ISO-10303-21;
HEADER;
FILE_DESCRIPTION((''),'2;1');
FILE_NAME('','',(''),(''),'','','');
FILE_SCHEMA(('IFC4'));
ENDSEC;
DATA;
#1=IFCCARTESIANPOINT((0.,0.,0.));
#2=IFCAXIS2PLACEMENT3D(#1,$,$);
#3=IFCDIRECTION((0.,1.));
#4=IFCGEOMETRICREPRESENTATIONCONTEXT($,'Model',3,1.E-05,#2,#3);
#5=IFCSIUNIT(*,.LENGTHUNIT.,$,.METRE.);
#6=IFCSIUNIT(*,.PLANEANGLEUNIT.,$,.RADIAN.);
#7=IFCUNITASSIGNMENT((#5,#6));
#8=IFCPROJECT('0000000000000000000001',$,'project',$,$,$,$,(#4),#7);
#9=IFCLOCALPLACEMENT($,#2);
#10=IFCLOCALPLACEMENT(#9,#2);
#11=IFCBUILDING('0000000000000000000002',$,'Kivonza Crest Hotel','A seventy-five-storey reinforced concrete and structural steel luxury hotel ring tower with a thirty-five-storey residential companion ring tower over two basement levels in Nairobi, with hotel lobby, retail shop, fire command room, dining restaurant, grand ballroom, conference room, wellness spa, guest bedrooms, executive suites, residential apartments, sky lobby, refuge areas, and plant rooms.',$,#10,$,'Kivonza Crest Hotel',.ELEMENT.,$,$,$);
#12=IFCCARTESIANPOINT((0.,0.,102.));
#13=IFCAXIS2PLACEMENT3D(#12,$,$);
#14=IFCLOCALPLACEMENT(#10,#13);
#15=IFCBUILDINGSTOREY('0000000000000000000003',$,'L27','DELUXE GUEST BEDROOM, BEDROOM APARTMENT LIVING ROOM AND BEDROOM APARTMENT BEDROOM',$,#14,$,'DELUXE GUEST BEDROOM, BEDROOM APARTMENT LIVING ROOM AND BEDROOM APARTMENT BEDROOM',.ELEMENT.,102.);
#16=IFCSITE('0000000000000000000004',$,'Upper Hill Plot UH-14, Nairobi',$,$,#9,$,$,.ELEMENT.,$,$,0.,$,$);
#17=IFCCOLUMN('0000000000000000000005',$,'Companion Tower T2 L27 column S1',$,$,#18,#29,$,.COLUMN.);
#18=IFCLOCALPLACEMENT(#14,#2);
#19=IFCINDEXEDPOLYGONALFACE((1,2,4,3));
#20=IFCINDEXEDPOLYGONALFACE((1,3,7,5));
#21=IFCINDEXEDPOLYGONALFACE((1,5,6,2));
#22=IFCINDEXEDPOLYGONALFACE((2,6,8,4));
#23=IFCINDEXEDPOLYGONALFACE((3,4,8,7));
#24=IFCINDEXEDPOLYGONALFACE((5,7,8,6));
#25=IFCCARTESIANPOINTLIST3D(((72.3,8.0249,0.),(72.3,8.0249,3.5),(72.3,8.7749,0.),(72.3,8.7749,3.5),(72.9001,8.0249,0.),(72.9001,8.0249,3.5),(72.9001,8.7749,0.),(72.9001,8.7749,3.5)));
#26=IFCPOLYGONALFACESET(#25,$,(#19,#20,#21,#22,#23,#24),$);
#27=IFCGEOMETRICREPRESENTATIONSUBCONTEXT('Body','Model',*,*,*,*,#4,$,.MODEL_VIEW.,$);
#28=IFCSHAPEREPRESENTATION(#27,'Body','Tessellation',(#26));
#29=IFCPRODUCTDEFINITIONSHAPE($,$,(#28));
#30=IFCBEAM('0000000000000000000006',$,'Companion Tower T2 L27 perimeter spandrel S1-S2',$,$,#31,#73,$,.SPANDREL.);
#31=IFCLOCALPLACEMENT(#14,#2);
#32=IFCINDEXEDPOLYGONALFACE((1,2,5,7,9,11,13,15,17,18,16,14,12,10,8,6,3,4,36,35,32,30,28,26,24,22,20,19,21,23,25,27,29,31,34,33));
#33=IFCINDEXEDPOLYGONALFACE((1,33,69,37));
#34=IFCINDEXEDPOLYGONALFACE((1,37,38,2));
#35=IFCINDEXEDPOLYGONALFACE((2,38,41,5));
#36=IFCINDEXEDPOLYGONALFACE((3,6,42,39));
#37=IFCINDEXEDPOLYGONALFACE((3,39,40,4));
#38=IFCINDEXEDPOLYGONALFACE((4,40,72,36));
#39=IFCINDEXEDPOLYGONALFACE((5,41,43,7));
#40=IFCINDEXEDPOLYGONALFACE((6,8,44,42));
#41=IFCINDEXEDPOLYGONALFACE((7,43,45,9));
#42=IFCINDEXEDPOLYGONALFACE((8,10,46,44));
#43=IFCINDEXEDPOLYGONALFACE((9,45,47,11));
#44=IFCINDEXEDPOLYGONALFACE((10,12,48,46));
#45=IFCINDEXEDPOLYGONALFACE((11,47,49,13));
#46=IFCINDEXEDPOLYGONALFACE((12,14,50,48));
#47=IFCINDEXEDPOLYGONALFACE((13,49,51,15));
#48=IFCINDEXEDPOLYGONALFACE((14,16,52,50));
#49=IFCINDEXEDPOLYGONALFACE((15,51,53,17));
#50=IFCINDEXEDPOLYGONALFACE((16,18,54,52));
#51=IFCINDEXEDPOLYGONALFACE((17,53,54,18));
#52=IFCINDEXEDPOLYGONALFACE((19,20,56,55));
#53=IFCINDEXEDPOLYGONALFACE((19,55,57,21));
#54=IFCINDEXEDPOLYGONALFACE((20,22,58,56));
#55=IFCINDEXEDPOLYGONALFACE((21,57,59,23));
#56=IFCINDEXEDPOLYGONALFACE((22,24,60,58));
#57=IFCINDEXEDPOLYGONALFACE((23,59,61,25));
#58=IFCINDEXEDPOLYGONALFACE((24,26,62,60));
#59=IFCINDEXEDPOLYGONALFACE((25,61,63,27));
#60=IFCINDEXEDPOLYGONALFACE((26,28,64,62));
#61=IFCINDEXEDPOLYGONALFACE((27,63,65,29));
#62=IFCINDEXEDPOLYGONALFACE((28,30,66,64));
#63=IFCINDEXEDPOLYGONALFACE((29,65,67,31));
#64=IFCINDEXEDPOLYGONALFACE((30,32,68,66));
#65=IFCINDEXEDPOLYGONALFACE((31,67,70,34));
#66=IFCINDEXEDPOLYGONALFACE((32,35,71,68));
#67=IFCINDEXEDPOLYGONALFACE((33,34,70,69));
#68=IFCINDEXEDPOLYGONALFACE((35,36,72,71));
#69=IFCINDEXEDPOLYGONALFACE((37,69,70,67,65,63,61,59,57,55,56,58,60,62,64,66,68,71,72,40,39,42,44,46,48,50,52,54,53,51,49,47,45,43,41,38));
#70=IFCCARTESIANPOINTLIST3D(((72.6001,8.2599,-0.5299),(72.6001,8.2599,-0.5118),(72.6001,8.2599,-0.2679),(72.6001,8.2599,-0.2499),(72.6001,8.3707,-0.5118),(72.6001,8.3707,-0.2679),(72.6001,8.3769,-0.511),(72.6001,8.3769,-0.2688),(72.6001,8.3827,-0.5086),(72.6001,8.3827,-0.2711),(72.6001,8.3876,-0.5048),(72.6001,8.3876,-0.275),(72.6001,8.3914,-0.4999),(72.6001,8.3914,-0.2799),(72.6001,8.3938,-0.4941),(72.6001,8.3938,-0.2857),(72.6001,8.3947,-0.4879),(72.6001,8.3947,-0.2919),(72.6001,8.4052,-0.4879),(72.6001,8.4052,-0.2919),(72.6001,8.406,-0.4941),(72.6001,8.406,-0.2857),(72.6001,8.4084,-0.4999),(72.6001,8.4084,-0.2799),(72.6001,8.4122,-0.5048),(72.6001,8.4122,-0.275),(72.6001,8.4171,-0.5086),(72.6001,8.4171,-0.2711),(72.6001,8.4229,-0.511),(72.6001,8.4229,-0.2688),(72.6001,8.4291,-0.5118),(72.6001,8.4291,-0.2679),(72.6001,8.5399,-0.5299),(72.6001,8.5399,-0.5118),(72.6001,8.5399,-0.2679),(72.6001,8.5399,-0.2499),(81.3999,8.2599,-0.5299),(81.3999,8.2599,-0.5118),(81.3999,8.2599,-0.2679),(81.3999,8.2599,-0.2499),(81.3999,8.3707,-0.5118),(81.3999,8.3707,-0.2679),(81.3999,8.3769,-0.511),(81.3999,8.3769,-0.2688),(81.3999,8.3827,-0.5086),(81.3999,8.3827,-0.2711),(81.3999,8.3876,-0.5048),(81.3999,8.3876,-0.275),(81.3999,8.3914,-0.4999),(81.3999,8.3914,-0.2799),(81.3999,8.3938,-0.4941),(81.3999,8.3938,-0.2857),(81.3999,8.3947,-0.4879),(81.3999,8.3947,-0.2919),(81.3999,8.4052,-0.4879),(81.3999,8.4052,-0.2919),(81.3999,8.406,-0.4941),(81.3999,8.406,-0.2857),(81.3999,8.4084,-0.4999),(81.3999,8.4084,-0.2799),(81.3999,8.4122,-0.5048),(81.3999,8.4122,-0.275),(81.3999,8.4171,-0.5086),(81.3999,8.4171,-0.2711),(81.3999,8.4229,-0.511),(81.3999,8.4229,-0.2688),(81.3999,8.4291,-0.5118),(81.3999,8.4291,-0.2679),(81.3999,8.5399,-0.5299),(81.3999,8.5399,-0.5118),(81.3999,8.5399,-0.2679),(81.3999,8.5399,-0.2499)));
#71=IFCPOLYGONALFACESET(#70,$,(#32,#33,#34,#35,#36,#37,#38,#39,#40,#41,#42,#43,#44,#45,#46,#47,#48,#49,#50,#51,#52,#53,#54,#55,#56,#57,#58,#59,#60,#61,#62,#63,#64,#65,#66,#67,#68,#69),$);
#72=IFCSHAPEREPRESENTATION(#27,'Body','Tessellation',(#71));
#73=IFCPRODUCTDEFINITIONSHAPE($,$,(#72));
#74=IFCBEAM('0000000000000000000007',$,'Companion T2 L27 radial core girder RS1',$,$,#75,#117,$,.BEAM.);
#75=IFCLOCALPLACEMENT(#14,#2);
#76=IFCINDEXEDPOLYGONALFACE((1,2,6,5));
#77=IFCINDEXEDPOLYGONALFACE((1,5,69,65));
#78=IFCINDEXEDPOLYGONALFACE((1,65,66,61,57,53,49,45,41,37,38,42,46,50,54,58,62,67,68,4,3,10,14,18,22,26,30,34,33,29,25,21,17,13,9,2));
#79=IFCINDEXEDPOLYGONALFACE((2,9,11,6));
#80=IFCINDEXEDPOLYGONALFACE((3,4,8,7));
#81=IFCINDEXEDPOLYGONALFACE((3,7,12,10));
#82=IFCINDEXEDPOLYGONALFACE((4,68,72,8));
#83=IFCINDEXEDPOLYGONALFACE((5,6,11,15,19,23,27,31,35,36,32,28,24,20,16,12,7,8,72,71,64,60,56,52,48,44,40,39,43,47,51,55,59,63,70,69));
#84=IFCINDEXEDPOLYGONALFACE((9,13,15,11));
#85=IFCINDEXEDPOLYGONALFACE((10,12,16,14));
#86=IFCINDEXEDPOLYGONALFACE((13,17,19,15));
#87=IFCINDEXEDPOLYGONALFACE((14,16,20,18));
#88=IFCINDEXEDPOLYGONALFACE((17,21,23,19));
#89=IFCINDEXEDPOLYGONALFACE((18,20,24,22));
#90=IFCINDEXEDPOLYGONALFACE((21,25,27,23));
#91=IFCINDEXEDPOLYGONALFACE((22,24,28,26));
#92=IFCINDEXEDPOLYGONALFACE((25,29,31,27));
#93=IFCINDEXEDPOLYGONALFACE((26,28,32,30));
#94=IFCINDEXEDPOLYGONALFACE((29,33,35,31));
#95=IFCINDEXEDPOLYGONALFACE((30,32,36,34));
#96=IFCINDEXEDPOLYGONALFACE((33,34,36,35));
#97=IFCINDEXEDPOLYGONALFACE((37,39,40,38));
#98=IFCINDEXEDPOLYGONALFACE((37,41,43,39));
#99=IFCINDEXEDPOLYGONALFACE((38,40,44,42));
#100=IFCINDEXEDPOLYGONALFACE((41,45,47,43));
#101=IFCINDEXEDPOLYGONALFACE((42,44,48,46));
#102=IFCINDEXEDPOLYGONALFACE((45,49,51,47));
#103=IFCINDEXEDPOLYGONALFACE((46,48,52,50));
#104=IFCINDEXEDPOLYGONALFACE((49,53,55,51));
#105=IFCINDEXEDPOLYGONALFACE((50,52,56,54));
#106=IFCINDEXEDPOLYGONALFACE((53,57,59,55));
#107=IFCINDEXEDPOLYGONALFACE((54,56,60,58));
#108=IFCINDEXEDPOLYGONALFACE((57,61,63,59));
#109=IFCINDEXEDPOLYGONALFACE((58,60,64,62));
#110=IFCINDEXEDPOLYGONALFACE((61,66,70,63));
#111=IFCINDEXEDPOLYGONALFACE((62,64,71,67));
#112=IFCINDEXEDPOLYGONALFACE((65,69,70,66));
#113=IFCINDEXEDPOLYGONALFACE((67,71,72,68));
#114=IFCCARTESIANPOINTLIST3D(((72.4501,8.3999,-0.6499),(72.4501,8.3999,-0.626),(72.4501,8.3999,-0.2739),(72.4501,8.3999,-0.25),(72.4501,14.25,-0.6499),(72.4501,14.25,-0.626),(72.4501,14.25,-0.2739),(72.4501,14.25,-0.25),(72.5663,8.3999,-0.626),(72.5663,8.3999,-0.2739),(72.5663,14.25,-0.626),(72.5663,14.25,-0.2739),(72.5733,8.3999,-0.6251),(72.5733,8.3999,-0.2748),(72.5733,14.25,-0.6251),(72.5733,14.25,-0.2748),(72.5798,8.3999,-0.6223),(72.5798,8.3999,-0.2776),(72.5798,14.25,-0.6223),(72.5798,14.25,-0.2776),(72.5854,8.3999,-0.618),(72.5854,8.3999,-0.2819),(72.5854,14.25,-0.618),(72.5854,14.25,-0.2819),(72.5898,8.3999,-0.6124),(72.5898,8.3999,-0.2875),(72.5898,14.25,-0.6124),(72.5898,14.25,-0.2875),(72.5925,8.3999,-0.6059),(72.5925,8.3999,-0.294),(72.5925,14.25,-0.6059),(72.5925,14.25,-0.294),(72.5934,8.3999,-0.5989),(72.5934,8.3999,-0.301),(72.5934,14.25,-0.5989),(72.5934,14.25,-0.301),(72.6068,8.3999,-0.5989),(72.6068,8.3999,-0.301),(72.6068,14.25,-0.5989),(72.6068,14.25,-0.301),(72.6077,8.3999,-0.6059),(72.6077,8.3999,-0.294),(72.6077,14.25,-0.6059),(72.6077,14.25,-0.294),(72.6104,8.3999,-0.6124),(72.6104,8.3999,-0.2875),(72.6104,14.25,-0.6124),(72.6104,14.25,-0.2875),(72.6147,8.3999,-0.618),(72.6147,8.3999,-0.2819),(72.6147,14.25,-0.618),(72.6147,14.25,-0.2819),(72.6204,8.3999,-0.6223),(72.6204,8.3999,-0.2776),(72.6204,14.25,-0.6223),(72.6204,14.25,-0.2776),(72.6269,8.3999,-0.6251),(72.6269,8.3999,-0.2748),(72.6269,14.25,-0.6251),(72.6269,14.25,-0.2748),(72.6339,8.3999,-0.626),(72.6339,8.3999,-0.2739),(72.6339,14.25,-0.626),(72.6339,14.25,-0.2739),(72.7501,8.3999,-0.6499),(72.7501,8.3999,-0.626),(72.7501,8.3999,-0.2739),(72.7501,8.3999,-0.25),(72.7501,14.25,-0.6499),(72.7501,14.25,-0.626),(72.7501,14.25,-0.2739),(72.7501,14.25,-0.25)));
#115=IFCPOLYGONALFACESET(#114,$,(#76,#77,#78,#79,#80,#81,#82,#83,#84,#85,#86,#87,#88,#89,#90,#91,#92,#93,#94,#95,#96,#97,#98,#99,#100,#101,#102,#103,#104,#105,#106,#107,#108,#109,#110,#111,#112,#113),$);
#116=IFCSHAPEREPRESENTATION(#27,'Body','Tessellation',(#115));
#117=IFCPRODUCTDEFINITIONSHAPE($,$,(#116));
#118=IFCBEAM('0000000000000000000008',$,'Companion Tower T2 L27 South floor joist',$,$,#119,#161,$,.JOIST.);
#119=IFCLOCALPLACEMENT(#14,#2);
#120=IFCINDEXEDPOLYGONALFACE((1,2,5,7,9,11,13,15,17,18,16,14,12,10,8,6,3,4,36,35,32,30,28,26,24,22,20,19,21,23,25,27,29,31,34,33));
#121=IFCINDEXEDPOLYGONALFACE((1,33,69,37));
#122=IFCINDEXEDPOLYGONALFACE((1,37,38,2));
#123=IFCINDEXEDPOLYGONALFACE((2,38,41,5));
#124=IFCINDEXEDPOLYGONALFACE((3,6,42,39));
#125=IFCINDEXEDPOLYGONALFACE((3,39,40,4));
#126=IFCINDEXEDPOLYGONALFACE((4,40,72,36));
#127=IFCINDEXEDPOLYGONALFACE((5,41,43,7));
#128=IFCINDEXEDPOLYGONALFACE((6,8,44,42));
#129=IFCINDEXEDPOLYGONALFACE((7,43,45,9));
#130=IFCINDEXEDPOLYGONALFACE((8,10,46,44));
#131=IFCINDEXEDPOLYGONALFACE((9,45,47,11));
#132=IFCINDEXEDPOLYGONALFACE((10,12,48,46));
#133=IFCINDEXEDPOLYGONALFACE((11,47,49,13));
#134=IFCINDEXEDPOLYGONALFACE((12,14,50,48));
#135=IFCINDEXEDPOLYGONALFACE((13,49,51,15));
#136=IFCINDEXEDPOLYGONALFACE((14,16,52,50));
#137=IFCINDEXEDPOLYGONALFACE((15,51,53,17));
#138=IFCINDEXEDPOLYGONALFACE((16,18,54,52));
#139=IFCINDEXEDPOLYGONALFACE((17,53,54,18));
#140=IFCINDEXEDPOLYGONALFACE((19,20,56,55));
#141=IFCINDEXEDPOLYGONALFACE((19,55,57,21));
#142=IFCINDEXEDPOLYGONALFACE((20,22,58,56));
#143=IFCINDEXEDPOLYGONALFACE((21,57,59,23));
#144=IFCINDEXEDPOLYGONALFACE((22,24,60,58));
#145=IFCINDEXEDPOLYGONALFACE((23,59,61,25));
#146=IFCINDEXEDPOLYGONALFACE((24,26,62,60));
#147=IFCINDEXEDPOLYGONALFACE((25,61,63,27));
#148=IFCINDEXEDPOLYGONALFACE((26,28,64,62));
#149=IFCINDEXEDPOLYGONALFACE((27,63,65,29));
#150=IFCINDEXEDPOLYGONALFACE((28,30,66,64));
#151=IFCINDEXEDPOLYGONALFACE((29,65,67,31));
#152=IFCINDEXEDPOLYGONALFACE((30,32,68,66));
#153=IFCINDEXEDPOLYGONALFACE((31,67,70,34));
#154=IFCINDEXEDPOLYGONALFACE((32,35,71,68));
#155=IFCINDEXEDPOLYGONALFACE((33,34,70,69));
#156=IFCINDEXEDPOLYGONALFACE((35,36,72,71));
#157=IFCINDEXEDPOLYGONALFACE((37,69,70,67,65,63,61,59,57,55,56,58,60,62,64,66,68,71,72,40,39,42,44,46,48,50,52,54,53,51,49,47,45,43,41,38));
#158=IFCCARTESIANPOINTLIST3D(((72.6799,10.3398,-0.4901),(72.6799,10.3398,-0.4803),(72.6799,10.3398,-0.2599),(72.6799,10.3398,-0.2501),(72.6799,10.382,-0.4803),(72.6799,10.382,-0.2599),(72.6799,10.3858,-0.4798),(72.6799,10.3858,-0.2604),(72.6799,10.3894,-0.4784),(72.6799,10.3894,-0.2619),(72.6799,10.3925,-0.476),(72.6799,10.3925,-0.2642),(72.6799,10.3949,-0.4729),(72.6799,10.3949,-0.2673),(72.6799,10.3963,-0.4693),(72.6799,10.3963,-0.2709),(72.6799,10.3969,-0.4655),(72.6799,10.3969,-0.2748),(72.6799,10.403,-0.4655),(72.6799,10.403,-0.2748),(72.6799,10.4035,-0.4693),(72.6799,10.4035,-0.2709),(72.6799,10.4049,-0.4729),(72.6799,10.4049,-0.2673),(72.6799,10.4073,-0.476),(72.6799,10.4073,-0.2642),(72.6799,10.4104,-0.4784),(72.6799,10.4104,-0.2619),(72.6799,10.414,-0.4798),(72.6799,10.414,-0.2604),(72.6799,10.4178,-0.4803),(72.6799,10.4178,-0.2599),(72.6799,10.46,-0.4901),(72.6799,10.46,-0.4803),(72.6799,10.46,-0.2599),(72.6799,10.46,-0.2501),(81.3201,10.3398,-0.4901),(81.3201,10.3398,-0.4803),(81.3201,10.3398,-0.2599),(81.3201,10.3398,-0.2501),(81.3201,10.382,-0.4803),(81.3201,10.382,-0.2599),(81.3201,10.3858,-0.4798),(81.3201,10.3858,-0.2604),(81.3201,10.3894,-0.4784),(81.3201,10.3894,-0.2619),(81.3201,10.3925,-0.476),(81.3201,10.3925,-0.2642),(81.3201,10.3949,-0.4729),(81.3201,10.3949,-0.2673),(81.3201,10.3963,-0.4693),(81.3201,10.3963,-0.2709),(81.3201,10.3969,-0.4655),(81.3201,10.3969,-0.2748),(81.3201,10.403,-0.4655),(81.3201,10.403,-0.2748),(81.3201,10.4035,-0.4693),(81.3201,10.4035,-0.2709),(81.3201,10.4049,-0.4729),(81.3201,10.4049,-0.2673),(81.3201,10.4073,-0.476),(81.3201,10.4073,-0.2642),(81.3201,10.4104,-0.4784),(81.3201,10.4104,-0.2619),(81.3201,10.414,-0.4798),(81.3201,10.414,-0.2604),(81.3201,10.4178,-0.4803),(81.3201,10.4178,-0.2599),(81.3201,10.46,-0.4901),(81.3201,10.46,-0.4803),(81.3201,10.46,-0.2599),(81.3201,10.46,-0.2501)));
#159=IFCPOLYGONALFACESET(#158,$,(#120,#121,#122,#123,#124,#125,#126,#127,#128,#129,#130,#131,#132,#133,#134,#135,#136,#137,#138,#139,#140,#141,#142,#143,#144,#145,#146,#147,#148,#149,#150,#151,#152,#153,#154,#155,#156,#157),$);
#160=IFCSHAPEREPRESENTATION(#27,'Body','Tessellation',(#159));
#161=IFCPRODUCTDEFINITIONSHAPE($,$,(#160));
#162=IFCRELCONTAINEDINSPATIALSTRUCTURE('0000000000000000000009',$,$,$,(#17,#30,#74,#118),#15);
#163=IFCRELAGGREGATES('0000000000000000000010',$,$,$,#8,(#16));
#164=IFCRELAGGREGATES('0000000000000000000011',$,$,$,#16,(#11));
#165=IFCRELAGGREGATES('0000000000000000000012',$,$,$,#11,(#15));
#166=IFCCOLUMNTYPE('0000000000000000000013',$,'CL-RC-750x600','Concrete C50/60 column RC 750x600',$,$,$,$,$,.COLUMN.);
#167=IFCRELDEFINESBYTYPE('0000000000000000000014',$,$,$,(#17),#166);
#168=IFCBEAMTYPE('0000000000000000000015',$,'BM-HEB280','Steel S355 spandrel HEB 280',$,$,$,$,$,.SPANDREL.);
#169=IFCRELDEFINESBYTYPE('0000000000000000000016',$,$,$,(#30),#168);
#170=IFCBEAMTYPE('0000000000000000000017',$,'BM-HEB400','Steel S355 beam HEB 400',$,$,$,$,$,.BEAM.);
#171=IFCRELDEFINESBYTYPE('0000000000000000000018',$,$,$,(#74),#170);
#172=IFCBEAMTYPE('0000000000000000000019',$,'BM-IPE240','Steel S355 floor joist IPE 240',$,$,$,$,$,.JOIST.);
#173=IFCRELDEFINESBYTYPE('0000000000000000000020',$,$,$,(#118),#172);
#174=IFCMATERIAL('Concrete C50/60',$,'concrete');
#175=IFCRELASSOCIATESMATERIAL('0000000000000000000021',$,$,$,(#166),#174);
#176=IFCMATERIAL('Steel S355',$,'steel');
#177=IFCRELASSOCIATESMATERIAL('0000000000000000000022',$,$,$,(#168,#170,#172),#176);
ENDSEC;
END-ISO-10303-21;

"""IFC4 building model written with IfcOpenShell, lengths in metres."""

from ifc_helpers import new_model, si_unit, direction, frame, origin, origin_2d, place, context, subcontext, project, spatial, rectangle, i_section, extrude, material, material_profile, profile_set, type_object, element, save


model = new_model("IFC4")

# Units and contexts
model_context = context("Model", 3, precision=1e-05, world=origin(), true_north=direction((0.0, 1.0)))
body_context = subcontext(model_context, "Body", "Model", "MODEL_VIEW")
ifc_project = project(units=[si_unit("LENGTHUNIT", "METRE"), si_unit("PLANEANGLEUNIT", "RADIAN")], contexts=[model_context])

# Site, building, storey
site_placement = place(None, origin())
site = spatial("IfcSite", under=ifc_project, at=site_placement, Name="Upper Hill Plot UH-14, Nairobi", CompositionType="ELEMENT", RefElevation=0.0)
building_placement = place(site_placement, origin())
building = spatial("IfcBuilding", under=site, at=building_placement, Name="Kivonza Crest Hotel", Description="A seventy-five-storey reinforced concrete and structural steel luxury hotel ring tower with a thirty-five-storey residential companion ring tower over two basement levels in Nairobi, with hotel lobby, retail shop, fire command room, dining restaurant, grand ballroom, conference room, wellness spa, guest bedrooms, executive suites, residential apartments, sky lobby, refuge areas, and plant rooms.", LongName="Kivonza Crest Hotel", CompositionType="ELEMENT")
storey_placement = place(building_placement, frame((0.0, 0.0, 102.0)))
storey = spatial("IfcBuildingStorey", under=building, at=storey_placement, Name="L27", Description="DELUXE GUEST BEDROOM, BEDROOM APARTMENT LIVING ROOM AND BEDROOM APARTMENT BEDROOM", LongName="DELUXE GUEST BEDROOM, BEDROOM APARTMENT LIVING ROOM AND BEDROOM APARTMENT BEDROOM", CompositionType="ELEMENT", Elevation=102.0)

# Column
ifc_material_1 = material(Name="Concrete C50/60", Category="concrete")
ifc_material_profile_1 = material_profile(ifc_material_1, rectangle(XDim=0.6001, YDim=0.75, at=origin_2d()), Name="RC 750x600")
ifc_profile_set_1 = profile_set([ifc_material_profile_1], Name="Concrete C50/60")
column_type = type_object("IfcColumnType", Name="CL-RC-750x600", Description="Concrete C50/60 column RC 750x600", PredefinedType="COLUMN", material=ifc_profile_set_1)
column_placement = place(storey_placement, frame((72.6001, 8.3999, 0.0), z_axis=(0.0, 0.0, 1.0), x_axis=(1.0, 0.0, 0.0)))
element("IfcColumn", 1, at=column_placement, inside=storey, type_object=column_type, Name="Companion Tower T2 L27 column S1", PredefinedType="COLUMN", context=body_context, shape_type="SweptSolid", body=[
    extrude(rectangle(XDim=0.6001, YDim=0.75, at=origin_2d()), origin(), (0.0, 0.0, 1.0), 3.5),
])

# Beams
ifc_material_2 = material(Name="Steel S355", Category="steel")
ifc_material_profile_2 = material_profile(ifc_material_2, i_section(OverallWidth=0.28, OverallDepth=0.28, WebThickness=0.0105, FlangeThickness=0.0181, FilletRadius=0.0239, at=origin_2d()), Name="HEB 280")
ifc_profile_set_2 = profile_set([ifc_material_profile_2], Name="Steel S355")
beam_type_1 = type_object("IfcBeamType", Name="BM-HEB280", Description="Steel S355 spandrel HEB 280", PredefinedType="SPANDREL", material=ifc_profile_set_2)
beam_1_placement = place(storey_placement, frame((72.6001, 8.3999, -0.3899), z_axis=(1.0, 0.0, 0.0), x_axis=(0.0, 1.0, 0.0)))
element("IfcBeam", 2, at=beam_1_placement, inside=storey, type_object=beam_type_1, Name="Companion Tower T2 L27 perimeter spandrel S1-S2", PredefinedType="SPANDREL", context=body_context, shape_type="SweptSolid", body=[
    extrude(i_section(OverallWidth=0.28, OverallDepth=0.28, WebThickness=0.0105, FlangeThickness=0.0181, FilletRadius=0.0239, at=origin_2d()), origin(), (0.0, 0.0, 1.0), 8.7998),
])
ifc_material_profile_3 = material_profile(ifc_material_2, i_section(OverallWidth=0.3, OverallDepth=0.3999, WebThickness=0.0134, FlangeThickness=0.0239, FilletRadius=0.0271, at=origin_2d()), Name="HEB 400")
ifc_profile_set_3 = profile_set([ifc_material_profile_3], Name="Steel S355")
beam_type_2 = type_object("IfcBeamType", Name="BM-HEB400", Description="Steel S355 beam HEB 400", PredefinedType="BEAM", material=ifc_profile_set_3)
beam_2_placement = place(storey_placement, frame((72.6001, 8.3999, -0.45), z_axis=(0.0, 1.0, 0.0), x_axis=(-1.0, 0.0, 0.0)))
element("IfcBeam", 3, at=beam_2_placement, inside=storey, type_object=beam_type_2, Name="Companion T2 L27 radial core girder RS1", PredefinedType="BEAM", context=body_context, shape_type="SweptSolid", body=[
    extrude(i_section(OverallWidth=0.3, OverallDepth=0.3999, WebThickness=0.0134, FlangeThickness=0.0239, FilletRadius=0.0271, at=origin_2d()), origin(), (0.0, 0.0, 1.0), 5.8501),
])
ifc_material_profile_4 = material_profile(ifc_material_2, i_section(OverallWidth=0.1201, OverallDepth=0.24, WebThickness=0.0061, FlangeThickness=0.0098, FilletRadius=0.0149, at=origin_2d()), Name="IPE 240")
ifc_profile_set_4 = profile_set([ifc_material_profile_4], Name="Steel S355")
beam_type_3 = type_object("IfcBeamType", Name="BM-IPE240", Description="Steel S355 floor joist IPE 240", PredefinedType="JOIST", material=ifc_profile_set_4)
beam_3_placement = place(storey_placement, frame((72.6799, 10.3999, -0.3701), z_axis=(1.0, 0.0, 0.0), x_axis=(0.0, 1.0, 0.0)))
element("IfcBeam", 4, at=beam_3_placement, inside=storey, type_object=beam_type_3, Name="Companion Tower T2 L27 South floor joist", PredefinedType="JOIST", context=body_context, shape_type="SweptSolid", body=[
    extrude(i_section(OverallWidth=0.1201, OverallDepth=0.24, WebThickness=0.0061, FlangeThickness=0.0098, FilletRadius=0.0149, at=origin_2d()), origin(), (0.0, 0.0, 1.0), 8.6401),
])

save(model, "model.ifc")
